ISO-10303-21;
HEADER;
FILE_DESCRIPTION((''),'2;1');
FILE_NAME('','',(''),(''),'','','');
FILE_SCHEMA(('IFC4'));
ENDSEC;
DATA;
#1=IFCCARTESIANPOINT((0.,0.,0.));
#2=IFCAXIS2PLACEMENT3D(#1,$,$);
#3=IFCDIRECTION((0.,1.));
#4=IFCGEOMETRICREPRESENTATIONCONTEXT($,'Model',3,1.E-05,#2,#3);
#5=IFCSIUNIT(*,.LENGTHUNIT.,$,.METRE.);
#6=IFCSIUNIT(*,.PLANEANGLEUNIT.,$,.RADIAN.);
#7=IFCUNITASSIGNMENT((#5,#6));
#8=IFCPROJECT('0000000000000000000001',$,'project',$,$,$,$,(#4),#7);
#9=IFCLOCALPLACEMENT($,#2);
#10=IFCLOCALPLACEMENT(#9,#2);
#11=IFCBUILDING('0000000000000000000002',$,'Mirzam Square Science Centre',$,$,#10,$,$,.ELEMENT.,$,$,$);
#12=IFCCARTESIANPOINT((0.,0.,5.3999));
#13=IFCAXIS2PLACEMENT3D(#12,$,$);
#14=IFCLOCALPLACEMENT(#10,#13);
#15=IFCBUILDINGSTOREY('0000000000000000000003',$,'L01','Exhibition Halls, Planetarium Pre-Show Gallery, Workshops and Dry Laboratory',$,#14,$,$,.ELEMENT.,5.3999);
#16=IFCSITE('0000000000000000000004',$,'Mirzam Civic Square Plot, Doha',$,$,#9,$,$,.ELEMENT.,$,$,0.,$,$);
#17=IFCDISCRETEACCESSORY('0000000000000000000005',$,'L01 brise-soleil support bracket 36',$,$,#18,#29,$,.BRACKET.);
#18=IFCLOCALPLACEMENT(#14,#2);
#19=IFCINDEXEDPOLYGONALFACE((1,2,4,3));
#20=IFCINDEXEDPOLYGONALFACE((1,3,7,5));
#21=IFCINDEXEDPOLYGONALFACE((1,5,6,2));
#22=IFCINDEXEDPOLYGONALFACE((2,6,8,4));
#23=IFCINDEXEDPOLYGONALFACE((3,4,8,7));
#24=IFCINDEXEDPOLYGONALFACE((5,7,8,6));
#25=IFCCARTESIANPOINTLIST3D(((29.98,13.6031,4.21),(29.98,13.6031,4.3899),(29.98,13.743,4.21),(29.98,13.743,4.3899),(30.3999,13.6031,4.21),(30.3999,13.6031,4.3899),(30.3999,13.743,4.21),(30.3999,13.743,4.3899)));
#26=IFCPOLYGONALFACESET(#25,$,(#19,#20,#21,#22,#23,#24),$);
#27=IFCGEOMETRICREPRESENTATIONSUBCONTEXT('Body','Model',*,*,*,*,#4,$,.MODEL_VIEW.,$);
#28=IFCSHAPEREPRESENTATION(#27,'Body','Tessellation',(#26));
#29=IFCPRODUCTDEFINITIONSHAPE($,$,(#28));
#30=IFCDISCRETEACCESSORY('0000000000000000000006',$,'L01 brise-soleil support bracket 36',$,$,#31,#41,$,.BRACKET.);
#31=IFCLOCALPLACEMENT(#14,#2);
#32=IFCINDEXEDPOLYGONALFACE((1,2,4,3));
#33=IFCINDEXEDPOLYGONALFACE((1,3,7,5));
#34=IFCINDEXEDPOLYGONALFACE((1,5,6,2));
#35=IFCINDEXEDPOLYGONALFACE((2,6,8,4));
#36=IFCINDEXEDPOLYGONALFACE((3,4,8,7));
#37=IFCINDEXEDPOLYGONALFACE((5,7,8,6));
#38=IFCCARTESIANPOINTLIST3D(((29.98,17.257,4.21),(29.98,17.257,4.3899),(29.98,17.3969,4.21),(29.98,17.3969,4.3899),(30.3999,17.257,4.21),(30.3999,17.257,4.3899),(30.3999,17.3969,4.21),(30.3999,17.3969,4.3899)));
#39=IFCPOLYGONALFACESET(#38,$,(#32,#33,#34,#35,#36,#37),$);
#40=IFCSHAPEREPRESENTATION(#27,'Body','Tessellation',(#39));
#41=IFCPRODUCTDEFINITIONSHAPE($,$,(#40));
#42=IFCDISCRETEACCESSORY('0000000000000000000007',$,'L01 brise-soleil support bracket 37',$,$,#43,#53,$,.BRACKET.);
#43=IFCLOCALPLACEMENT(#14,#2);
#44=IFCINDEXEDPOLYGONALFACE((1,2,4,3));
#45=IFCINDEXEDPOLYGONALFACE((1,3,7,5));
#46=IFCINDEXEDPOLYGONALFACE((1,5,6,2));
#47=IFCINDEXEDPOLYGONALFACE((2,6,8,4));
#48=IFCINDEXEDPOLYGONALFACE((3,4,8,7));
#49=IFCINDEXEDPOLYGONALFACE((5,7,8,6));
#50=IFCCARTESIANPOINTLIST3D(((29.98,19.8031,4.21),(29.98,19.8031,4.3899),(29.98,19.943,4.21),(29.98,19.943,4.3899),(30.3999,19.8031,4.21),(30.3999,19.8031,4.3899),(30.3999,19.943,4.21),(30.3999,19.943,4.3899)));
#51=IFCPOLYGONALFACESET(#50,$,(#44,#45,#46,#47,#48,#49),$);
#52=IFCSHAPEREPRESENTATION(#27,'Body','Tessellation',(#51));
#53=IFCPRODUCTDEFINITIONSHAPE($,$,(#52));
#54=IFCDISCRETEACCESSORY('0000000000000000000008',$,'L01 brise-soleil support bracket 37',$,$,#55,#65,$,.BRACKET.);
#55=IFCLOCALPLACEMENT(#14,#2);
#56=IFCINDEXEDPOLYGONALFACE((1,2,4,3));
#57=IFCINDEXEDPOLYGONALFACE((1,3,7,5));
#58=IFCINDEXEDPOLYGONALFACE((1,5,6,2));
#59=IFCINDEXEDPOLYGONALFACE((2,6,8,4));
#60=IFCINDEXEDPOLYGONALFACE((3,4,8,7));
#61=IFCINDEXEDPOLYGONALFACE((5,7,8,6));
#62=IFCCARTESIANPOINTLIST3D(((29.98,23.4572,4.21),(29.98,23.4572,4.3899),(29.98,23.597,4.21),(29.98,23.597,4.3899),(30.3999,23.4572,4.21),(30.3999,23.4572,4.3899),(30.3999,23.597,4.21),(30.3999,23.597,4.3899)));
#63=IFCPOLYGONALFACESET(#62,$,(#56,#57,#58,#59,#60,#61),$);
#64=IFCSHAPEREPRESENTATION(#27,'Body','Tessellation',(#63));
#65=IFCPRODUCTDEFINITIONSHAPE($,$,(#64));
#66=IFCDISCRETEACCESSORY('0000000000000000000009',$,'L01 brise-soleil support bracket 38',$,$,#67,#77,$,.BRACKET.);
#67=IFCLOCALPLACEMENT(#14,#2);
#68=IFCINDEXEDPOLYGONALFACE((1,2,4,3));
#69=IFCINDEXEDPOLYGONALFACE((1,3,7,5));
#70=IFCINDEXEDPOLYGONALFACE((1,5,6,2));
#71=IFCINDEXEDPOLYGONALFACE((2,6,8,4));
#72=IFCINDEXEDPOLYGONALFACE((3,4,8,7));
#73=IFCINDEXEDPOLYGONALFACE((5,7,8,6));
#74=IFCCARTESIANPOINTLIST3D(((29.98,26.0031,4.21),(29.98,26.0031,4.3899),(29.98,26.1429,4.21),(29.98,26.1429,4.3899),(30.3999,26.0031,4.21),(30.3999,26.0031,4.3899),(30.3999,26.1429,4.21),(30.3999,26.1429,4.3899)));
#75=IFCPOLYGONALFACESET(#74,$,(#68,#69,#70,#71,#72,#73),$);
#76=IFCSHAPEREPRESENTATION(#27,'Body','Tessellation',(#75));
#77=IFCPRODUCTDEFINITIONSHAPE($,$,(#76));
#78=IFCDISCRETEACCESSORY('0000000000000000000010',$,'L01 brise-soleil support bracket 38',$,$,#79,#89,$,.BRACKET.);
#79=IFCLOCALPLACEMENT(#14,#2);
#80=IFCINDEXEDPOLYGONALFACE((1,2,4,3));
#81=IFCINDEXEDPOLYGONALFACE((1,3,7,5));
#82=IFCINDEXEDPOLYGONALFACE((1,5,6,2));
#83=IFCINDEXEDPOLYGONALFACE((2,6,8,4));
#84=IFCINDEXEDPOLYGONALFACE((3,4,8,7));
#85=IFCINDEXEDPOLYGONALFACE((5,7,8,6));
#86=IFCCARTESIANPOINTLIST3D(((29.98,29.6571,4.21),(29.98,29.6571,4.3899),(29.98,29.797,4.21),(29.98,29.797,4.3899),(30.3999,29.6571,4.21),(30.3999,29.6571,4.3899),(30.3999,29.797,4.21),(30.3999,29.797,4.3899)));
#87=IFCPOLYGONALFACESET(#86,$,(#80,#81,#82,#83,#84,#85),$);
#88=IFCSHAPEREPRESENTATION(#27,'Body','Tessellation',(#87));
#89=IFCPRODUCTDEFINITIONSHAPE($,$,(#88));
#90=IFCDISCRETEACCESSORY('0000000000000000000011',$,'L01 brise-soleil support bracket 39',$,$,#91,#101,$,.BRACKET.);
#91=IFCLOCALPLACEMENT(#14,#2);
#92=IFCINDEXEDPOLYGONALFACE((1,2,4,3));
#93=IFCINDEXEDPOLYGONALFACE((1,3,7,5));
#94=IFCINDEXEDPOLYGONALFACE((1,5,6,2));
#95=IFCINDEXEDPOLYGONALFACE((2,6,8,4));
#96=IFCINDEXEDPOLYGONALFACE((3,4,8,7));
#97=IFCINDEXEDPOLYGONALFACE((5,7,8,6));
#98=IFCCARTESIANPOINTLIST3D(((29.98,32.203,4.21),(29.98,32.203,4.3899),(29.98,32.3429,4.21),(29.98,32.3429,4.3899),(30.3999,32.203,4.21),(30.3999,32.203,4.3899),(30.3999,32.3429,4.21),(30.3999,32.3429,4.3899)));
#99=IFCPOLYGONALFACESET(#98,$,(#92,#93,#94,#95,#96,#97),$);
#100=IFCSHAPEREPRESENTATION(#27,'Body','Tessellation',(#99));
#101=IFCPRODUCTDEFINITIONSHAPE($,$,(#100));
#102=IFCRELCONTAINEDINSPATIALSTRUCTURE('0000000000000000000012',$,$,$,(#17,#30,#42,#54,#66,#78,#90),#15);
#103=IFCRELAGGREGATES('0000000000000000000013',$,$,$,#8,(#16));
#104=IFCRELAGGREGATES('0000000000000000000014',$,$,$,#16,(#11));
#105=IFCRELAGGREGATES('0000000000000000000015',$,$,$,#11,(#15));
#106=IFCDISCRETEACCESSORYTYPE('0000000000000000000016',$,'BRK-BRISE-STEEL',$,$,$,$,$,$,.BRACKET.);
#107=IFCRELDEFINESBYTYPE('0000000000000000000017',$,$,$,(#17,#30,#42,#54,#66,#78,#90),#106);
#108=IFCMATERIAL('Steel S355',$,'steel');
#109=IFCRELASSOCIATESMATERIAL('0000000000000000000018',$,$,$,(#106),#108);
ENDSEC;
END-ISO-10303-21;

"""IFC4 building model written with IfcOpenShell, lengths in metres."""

from ifc_helpers import new_model, si_unit, direction, frame, origin, origin_2d, place, context, subcontext, project, spatial, rectangle, extrude, material, type_object, element, save


model = new_model("IFC4")

# Units and contexts
model_context = context("Model", 3, precision=1e-05, world=origin(), true_north=direction((0.0, 1.0)))
body_context = subcontext(model_context, "Body", "Model", "MODEL_VIEW")
ifc_project = project(units=[si_unit("LENGTHUNIT", "METRE"), si_unit("PLANEANGLEUNIT", "RADIAN")], contexts=[model_context])

# Site, building, storey
site_placement = place(None, origin())
site = spatial("IfcSite", under=ifc_project, at=site_placement, Name="Mirzam Civic Square Plot, Doha", CompositionType="ELEMENT", RefElevation=0.0)
building_placement = place(site_placement, origin())
building = spatial("IfcBuilding", under=site, at=building_placement, Name="Mirzam Square Science Centre", CompositionType="ELEMENT")
storey_placement = place(building_placement, frame((0.0, 0.0, 5.3999)))
storey = spatial("IfcBuildingStorey", under=building, at=storey_placement, Name="L01", Description="Exhibition Halls, Planetarium Pre-Show Gallery, Workshops and Dry Laboratory", CompositionType="ELEMENT", Elevation=5.3999)

# Discrete accessories
ifc_material_1 = material(Name="Steel S355", Category="steel")
discrete_accessory_type = type_object("IfcDiscreteAccessoryType", Name="BRK-BRISE-STEEL", PredefinedType="BRACKET", material=ifc_material_1)
for number, where, z_axis, x_axis, name in (
    (1, (30.1899, 13.6731, 4.21), (0.0, 0.0, 1.0), (0.0, 1.0, 0.0), "L01 brise-soleil support bracket 36"),
    (2, (30.1899, 17.3269, 4.21), (0.0, 0.0, 1.0), (0.0, 1.0, 0.0), "L01 brise-soleil support bracket 36"),
    (3, (30.1899, 19.873, 4.21), (0.0, 0.0, 1.0), (0.0, 1.0, 0.0), "L01 brise-soleil support bracket 37"),
    (4, (30.1899, 23.5271, 4.21), (0.0, 0.0, 1.0), (0.0, 1.0, 0.0), "L01 brise-soleil support bracket 37"),
    (5, (30.1899, 26.073, 4.21), (0.0, 0.0, 1.0), (0.0, 1.0, 0.0), "L01 brise-soleil support bracket 38"),
    (6, (30.1899, 29.7271, 4.21), (0.0, 0.0, 1.0), (0.0, 1.0, 0.0), "L01 brise-soleil support bracket 38"),
    (7, (30.1899, 32.2729, 4.21), (0.0, 0.0, 1.0), (0.0, 1.0, 0.0), "L01 brise-soleil support bracket 39"),
):
    element("IfcDiscreteAccessory", number, at=place(storey_placement, frame(where, z_axis=z_axis, x_axis=x_axis)), inside=storey, type_object=discrete_accessory_type, Name=name, PredefinedType="BRACKET", context=body_context, shape_type="SweptSolid", body=[
        extrude(rectangle(XDim=0.1399, YDim=0.4199, at=origin_2d()), origin(), (0.0, 0.0, 1.0), 0.1799),
    ])

save(model, "model.ifc")
